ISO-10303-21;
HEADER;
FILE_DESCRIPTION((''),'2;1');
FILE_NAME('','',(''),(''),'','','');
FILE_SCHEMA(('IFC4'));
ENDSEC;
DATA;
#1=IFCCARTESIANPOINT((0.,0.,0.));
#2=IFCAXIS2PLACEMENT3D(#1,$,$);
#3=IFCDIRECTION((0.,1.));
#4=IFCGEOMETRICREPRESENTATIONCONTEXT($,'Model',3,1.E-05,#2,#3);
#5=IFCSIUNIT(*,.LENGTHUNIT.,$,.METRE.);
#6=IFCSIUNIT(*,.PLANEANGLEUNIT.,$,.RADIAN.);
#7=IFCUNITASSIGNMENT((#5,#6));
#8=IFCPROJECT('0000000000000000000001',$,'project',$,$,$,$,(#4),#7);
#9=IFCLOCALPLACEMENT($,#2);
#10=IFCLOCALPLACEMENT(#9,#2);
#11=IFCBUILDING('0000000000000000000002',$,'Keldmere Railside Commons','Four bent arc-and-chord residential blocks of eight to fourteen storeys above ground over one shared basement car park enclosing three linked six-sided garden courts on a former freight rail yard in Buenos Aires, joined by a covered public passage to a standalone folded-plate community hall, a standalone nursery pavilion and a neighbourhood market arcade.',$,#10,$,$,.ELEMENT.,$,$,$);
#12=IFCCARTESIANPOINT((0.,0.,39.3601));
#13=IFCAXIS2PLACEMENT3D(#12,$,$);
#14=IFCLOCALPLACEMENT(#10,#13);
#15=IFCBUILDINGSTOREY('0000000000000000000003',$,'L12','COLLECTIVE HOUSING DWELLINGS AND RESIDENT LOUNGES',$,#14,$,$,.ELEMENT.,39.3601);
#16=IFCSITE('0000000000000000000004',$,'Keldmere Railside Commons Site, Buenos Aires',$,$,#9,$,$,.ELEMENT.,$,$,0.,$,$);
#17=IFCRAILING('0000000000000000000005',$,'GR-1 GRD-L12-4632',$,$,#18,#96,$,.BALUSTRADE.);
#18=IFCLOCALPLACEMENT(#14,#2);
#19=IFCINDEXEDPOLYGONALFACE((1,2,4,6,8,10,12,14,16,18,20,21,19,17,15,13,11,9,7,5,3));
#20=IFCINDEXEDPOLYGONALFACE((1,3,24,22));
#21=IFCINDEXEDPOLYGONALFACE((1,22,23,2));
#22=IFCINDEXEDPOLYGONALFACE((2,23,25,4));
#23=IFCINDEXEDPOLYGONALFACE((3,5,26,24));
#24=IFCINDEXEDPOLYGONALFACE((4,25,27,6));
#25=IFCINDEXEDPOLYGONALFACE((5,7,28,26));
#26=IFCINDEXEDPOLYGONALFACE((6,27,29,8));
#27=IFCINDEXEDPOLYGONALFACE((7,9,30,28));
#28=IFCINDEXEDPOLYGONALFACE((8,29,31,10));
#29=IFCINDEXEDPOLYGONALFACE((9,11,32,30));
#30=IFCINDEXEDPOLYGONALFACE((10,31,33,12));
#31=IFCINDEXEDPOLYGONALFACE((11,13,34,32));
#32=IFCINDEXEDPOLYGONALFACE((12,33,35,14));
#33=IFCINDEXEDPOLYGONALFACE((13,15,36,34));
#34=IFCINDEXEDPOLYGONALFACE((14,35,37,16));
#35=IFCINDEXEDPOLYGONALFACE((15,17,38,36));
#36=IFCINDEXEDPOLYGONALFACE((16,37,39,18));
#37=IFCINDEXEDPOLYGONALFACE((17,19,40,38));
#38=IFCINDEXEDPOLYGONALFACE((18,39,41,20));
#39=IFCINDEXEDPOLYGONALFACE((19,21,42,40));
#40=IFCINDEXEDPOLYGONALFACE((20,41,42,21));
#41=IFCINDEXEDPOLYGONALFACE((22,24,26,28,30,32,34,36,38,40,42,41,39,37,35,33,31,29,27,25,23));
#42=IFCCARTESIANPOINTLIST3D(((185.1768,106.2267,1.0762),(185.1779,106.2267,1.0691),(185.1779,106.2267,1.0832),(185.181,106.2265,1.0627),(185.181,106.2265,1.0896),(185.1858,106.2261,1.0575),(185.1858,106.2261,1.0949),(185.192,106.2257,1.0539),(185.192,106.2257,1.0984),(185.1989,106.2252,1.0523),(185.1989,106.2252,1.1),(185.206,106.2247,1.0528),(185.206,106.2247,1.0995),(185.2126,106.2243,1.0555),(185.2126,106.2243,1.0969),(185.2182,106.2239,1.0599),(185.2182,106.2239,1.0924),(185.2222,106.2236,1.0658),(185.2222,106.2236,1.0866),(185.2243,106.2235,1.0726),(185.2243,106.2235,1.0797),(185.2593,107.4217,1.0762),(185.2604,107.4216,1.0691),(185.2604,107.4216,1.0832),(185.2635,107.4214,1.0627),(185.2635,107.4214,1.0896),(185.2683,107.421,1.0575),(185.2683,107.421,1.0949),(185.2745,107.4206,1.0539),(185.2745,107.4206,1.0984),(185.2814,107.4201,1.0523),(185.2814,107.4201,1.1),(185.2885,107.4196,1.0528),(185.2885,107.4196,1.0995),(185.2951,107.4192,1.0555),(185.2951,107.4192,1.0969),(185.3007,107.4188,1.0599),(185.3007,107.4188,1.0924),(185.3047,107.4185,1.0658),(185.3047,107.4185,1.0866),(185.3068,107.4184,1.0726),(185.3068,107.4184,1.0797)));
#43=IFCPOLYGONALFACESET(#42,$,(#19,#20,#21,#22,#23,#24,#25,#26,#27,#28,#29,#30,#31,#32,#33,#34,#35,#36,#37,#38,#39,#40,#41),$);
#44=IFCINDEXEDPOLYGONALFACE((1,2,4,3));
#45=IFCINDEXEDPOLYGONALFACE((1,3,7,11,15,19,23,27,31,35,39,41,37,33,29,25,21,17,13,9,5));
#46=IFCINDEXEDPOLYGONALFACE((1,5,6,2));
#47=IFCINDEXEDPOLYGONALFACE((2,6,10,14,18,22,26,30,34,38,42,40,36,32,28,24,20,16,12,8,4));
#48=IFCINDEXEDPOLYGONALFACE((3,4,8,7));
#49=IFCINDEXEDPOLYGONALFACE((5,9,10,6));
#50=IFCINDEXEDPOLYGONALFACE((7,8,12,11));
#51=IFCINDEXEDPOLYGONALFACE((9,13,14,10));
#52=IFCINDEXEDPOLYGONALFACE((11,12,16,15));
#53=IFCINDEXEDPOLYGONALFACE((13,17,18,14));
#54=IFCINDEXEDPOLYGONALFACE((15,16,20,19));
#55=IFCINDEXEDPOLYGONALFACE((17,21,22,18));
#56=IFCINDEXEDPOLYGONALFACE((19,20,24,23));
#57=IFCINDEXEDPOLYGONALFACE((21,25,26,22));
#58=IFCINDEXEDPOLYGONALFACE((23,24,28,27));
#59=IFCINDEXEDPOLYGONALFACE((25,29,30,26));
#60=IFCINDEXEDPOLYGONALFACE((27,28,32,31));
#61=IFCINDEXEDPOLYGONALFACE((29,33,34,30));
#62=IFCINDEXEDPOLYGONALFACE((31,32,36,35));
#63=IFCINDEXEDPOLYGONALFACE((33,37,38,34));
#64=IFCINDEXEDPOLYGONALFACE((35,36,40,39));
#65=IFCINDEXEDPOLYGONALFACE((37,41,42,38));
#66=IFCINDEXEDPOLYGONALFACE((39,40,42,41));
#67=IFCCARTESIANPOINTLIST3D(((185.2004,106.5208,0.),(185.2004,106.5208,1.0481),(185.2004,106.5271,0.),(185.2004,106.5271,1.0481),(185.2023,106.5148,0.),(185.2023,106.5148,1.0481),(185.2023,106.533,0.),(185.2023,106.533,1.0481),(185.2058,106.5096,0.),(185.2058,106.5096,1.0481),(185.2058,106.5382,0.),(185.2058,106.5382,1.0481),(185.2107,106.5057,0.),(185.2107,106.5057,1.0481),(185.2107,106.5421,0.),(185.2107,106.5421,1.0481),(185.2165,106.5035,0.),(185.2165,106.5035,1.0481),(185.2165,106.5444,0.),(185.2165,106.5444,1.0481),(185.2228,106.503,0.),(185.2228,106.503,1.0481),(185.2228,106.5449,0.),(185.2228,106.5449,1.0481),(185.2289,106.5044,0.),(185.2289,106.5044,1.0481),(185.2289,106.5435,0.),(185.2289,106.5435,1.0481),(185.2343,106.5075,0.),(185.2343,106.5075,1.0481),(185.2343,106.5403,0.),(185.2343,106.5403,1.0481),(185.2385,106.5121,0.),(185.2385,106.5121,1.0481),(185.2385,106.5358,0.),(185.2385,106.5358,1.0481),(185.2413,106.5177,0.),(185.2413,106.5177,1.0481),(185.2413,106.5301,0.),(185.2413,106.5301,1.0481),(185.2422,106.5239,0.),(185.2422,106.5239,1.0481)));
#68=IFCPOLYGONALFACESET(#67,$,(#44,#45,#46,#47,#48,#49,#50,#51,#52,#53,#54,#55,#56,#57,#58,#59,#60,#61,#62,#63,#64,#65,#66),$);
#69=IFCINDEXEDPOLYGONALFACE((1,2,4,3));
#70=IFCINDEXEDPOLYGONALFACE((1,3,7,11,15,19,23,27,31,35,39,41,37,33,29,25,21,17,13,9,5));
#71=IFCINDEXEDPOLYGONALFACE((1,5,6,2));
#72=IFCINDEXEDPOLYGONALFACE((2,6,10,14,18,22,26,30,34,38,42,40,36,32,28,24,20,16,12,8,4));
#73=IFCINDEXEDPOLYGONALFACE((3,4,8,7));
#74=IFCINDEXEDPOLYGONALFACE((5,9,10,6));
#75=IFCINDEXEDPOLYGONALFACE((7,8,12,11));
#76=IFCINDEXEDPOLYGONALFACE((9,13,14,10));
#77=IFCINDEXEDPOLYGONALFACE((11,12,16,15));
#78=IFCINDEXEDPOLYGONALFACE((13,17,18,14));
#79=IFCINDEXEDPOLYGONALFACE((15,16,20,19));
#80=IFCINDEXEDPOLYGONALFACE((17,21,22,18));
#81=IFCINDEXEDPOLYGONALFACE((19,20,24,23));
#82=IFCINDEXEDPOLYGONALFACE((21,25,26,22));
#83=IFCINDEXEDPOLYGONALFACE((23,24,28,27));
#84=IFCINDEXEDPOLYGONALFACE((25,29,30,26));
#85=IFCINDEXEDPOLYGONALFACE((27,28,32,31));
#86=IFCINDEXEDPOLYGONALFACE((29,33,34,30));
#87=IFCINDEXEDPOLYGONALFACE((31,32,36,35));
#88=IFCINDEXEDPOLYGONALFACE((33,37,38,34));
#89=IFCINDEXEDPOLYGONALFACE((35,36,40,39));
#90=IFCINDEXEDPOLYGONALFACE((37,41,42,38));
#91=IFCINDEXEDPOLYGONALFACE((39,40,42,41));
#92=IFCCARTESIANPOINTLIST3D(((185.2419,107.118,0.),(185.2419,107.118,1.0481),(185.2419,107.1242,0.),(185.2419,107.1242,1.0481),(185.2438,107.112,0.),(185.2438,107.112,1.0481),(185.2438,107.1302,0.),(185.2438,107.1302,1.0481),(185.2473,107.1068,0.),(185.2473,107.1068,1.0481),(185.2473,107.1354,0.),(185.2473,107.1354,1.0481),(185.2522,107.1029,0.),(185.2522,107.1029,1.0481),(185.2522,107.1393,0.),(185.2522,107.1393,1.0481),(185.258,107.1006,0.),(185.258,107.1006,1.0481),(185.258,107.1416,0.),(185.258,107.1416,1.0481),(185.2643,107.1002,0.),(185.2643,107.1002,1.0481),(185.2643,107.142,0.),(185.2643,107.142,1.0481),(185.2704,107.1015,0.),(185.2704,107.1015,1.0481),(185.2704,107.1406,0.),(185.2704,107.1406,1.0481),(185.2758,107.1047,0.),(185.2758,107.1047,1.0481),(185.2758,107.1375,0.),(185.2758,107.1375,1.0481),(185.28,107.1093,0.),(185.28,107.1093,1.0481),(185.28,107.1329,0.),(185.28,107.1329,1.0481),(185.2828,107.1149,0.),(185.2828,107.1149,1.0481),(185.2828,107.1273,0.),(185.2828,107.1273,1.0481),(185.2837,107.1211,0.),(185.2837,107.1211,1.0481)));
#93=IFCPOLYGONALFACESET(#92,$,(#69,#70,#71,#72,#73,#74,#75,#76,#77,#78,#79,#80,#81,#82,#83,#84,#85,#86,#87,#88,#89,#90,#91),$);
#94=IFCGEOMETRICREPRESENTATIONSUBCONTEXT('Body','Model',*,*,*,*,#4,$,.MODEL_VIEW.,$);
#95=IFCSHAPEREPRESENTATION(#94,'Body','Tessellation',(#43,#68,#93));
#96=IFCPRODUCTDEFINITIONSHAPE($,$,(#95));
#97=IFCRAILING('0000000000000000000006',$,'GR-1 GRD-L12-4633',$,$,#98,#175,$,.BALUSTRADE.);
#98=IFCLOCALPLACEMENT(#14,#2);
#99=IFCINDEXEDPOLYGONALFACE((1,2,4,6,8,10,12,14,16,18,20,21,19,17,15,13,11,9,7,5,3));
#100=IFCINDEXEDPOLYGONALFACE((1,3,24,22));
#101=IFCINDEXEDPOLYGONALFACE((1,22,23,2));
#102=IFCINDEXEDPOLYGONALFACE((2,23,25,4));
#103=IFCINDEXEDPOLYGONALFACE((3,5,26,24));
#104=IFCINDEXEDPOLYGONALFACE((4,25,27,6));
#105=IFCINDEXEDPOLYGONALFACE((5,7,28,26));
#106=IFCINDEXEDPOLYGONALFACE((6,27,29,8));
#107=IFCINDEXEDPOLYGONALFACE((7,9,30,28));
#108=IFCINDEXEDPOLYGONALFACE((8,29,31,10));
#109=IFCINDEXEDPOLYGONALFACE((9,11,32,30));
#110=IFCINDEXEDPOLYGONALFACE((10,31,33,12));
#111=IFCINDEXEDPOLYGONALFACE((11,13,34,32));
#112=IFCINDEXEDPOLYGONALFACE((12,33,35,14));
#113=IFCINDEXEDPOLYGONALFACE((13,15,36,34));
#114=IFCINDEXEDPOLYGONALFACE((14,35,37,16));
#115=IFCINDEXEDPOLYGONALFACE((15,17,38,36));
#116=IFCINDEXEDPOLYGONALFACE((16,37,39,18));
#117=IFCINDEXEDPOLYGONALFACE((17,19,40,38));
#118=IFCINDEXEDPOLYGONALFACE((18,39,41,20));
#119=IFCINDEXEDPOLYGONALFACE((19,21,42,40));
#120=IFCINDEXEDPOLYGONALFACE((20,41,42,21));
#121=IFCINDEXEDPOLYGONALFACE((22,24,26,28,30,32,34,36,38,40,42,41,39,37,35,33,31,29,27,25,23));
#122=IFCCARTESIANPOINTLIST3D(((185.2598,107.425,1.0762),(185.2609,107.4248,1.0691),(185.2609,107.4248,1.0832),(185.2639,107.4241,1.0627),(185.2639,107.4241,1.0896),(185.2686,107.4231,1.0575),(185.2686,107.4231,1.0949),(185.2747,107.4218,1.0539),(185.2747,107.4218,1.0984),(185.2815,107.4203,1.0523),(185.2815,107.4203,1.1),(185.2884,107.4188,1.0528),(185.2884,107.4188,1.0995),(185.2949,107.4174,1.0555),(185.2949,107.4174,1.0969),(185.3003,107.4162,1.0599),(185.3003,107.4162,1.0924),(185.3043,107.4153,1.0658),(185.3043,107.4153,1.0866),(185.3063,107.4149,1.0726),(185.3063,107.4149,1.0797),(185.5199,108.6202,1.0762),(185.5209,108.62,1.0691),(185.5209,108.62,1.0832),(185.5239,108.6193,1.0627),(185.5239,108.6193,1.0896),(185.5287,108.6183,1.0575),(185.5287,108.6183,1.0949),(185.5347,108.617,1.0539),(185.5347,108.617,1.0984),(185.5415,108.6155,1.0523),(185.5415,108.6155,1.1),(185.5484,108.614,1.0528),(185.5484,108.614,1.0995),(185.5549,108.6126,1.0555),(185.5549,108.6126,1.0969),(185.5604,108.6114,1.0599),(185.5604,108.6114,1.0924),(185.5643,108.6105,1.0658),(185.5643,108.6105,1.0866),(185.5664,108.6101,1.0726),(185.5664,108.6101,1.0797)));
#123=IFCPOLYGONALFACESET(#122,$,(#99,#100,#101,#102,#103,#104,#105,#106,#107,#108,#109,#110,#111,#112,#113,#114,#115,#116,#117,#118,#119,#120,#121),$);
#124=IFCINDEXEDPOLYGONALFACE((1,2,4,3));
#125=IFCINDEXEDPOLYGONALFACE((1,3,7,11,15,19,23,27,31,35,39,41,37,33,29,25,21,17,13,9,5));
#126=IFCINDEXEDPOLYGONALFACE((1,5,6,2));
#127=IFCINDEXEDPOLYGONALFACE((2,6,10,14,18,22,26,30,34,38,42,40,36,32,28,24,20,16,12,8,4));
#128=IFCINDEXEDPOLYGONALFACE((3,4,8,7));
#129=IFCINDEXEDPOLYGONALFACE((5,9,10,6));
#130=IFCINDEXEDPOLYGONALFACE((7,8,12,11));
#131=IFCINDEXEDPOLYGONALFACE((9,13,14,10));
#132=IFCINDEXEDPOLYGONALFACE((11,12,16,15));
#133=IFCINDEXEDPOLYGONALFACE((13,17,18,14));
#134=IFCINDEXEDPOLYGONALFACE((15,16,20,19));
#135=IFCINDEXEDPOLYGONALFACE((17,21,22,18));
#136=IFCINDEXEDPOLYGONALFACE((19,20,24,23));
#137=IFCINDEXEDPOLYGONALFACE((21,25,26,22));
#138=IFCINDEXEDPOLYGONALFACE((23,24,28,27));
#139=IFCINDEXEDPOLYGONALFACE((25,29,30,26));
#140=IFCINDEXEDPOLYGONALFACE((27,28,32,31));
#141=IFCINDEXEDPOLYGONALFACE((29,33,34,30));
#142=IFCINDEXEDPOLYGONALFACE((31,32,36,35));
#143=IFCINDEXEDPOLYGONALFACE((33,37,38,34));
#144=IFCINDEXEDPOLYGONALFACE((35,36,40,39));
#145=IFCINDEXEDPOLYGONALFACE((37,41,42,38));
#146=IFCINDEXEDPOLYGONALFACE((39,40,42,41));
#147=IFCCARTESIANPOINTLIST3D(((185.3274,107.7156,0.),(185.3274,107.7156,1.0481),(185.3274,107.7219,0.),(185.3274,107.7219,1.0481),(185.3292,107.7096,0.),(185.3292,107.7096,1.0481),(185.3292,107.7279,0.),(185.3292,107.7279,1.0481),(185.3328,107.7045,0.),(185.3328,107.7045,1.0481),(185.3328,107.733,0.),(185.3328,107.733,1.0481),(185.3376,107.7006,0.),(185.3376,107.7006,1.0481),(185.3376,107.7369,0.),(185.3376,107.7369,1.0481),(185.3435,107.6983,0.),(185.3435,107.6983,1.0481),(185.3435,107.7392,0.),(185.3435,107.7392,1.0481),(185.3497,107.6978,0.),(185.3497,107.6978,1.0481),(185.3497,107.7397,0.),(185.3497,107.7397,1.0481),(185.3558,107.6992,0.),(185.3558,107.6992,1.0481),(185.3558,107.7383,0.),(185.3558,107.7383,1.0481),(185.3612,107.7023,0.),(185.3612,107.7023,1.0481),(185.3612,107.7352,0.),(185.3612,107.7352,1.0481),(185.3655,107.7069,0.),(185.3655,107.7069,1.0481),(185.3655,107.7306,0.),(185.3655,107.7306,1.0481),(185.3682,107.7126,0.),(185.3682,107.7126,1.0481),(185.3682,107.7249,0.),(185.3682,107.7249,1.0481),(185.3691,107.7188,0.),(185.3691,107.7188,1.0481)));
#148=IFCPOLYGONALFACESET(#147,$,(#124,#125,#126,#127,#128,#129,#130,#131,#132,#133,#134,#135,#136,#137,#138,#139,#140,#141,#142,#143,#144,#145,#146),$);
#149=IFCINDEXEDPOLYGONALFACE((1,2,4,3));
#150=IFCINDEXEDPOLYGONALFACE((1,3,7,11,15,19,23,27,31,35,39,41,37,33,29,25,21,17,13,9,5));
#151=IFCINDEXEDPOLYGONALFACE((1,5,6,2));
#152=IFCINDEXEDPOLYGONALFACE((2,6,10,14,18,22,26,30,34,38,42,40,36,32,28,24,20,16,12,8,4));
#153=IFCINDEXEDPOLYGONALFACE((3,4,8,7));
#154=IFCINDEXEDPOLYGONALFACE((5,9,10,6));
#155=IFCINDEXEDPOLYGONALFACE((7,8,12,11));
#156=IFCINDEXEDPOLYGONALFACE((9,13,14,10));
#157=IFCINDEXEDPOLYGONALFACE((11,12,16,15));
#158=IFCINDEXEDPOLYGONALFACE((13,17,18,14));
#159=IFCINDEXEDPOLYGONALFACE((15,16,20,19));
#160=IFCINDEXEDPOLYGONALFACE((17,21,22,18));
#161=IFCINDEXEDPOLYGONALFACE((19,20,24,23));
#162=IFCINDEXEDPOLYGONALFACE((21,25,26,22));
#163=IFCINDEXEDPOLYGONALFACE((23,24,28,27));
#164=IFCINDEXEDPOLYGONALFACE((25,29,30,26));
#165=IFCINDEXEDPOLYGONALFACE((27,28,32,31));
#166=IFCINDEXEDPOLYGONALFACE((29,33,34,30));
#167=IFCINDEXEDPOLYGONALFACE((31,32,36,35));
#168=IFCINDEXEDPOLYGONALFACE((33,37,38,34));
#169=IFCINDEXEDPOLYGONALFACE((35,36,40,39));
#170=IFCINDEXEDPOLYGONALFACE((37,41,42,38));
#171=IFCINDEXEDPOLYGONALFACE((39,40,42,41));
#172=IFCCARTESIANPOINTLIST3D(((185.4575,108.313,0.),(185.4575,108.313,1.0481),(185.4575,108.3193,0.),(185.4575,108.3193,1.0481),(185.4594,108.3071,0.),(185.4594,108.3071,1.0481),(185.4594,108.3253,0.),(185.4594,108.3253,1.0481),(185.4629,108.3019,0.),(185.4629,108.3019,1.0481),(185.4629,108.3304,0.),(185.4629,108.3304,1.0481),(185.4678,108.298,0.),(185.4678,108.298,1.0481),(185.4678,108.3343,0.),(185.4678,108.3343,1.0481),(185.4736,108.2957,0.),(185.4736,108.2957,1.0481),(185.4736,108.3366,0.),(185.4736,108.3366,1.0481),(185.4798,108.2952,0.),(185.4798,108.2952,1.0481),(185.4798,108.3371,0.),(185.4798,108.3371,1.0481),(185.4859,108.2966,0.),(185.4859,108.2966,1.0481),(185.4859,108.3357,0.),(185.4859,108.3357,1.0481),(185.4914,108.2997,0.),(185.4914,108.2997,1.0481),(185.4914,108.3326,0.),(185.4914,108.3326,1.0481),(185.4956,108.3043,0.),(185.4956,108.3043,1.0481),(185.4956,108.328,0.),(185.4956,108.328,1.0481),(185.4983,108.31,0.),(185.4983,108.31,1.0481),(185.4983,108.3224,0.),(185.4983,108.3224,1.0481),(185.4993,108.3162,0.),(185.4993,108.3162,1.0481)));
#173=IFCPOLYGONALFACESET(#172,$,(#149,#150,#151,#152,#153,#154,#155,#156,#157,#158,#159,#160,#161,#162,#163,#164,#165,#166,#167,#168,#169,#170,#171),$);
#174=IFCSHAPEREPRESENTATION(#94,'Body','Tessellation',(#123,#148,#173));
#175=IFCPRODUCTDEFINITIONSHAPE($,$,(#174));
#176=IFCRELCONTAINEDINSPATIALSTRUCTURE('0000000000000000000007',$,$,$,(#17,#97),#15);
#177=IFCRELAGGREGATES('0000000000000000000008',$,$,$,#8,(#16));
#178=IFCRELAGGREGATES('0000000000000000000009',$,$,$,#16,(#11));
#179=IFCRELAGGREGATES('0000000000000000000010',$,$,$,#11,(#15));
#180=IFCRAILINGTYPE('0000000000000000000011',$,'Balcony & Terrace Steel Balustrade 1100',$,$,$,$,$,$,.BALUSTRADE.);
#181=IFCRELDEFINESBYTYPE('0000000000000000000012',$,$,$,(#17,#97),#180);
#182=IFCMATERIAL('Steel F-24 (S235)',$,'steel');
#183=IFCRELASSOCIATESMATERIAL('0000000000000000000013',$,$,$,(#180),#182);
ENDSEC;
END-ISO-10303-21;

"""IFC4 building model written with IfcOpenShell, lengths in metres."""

from ifc_helpers import new_model, si_unit, direction, frame, origin, origin_2d, place, context, subcontext, project, spatial, circle, extrude, material, type_object, element, save


model = new_model("IFC4")

# Units and contexts
model_context = context("Model", 3, precision=1e-05, world=origin(), true_north=direction((0.0, 1.0)))
body_context = subcontext(model_context, "Body", "Model", "MODEL_VIEW")
ifc_project = project(units=[si_unit("LENGTHUNIT", "METRE"), si_unit("PLANEANGLEUNIT", "RADIAN")], contexts=[model_context])

# Site, building, storey
site_placement = place(None, origin())
site = spatial("IfcSite", under=ifc_project, at=site_placement, Name="Keldmere Railside Commons Site, Buenos Aires", CompositionType="ELEMENT", RefElevation=0.0)
building_placement = place(site_placement, origin())
building = spatial("IfcBuilding", under=site, at=building_placement, Name="Keldmere Railside Commons", Description="Four bent arc-and-chord residential blocks of eight to fourteen storeys above ground over one shared basement car park enclosing three linked six-sided garden courts on a former freight rail yard in Buenos Aires, joined by a covered public passage to a standalone folded-plate community hall, a standalone nursery pavilion and a neighbourhood market arcade.", CompositionType="ELEMENT")
storey_placement = place(building_placement, frame((0.0, 0.0, 39.3601)))
storey = spatial("IfcBuildingStorey", under=building, at=storey_placement, Name="L12", Description="COLLECTIVE HOUSING DWELLINGS AND RESIDENT LOUNGES", CompositionType="ELEMENT", Elevation=39.3601)

# Railings
ifc_material_1 = material(Name="Steel F-24 (S235)", Category="steel")
railing_type = type_object("IfcRailingType", Name="Balcony & Terrace Steel Balustrade 1100", PredefinedType="BALUSTRADE", material=ifc_material_1)
railing_1_placement = place(storey_placement, frame((185.2007, 106.2251, 0.0)))
element("IfcRailing", 1, at=railing_1_placement, inside=storey, type_object=railing_type, Name="GR-1 GRD-L12-4632", PredefinedType="BALUSTRADE", context=body_context, shape_type="SweptSolid", body=[
    extrude(circle(Radius=0.0239, at=origin_2d()), frame((0.0, 0.0, 1.0762), z_axis=(0.0689, 0.997624, 0.0), x_axis=(-0.997624, 0.0689, 0.0)), (0.0, 0.0, 1.0), 1.1978),
    extrude(circle(Radius=0.021, at=origin_2d()), frame((0.0205, 0.2988, 0.0)), (0.0, 0.0, 1.0), 1.0481),
    extrude(circle(Radius=0.021, at=origin_2d()), frame((0.062, 0.896, 0.0)), (0.0, 0.0, 1.0), 1.0481),
])
railing_2_placement = place(storey_placement, frame((185.2832, 107.4199, 0.0)))
element("IfcRailing", 2, at=railing_2_placement, inside=storey, type_object=railing_type, Name="GR-1 GRD-L12-4633", PredefinedType="BALUSTRADE", context=body_context, shape_type="SweptSolid", body=[
    extrude(circle(Radius=0.0239, at=origin_2d()), frame((0.0, 0.0, 1.0762), z_axis=(0.212595, 0.97714, 0.0), x_axis=(-0.97714, 0.212595, 0.0)), (0.0, 0.0, 1.0), 1.2231),
    extrude(circle(Radius=0.021, at=origin_2d()), frame((0.0649, 0.2988, 0.0)), (0.0, 0.0, 1.0), 1.0481),
    extrude(circle(Radius=0.021, at=origin_2d()), frame((0.1951, 0.8962, 0.0)), (0.0, 0.0, 1.0), 1.0481),
])

save(model, "model.ifc")
